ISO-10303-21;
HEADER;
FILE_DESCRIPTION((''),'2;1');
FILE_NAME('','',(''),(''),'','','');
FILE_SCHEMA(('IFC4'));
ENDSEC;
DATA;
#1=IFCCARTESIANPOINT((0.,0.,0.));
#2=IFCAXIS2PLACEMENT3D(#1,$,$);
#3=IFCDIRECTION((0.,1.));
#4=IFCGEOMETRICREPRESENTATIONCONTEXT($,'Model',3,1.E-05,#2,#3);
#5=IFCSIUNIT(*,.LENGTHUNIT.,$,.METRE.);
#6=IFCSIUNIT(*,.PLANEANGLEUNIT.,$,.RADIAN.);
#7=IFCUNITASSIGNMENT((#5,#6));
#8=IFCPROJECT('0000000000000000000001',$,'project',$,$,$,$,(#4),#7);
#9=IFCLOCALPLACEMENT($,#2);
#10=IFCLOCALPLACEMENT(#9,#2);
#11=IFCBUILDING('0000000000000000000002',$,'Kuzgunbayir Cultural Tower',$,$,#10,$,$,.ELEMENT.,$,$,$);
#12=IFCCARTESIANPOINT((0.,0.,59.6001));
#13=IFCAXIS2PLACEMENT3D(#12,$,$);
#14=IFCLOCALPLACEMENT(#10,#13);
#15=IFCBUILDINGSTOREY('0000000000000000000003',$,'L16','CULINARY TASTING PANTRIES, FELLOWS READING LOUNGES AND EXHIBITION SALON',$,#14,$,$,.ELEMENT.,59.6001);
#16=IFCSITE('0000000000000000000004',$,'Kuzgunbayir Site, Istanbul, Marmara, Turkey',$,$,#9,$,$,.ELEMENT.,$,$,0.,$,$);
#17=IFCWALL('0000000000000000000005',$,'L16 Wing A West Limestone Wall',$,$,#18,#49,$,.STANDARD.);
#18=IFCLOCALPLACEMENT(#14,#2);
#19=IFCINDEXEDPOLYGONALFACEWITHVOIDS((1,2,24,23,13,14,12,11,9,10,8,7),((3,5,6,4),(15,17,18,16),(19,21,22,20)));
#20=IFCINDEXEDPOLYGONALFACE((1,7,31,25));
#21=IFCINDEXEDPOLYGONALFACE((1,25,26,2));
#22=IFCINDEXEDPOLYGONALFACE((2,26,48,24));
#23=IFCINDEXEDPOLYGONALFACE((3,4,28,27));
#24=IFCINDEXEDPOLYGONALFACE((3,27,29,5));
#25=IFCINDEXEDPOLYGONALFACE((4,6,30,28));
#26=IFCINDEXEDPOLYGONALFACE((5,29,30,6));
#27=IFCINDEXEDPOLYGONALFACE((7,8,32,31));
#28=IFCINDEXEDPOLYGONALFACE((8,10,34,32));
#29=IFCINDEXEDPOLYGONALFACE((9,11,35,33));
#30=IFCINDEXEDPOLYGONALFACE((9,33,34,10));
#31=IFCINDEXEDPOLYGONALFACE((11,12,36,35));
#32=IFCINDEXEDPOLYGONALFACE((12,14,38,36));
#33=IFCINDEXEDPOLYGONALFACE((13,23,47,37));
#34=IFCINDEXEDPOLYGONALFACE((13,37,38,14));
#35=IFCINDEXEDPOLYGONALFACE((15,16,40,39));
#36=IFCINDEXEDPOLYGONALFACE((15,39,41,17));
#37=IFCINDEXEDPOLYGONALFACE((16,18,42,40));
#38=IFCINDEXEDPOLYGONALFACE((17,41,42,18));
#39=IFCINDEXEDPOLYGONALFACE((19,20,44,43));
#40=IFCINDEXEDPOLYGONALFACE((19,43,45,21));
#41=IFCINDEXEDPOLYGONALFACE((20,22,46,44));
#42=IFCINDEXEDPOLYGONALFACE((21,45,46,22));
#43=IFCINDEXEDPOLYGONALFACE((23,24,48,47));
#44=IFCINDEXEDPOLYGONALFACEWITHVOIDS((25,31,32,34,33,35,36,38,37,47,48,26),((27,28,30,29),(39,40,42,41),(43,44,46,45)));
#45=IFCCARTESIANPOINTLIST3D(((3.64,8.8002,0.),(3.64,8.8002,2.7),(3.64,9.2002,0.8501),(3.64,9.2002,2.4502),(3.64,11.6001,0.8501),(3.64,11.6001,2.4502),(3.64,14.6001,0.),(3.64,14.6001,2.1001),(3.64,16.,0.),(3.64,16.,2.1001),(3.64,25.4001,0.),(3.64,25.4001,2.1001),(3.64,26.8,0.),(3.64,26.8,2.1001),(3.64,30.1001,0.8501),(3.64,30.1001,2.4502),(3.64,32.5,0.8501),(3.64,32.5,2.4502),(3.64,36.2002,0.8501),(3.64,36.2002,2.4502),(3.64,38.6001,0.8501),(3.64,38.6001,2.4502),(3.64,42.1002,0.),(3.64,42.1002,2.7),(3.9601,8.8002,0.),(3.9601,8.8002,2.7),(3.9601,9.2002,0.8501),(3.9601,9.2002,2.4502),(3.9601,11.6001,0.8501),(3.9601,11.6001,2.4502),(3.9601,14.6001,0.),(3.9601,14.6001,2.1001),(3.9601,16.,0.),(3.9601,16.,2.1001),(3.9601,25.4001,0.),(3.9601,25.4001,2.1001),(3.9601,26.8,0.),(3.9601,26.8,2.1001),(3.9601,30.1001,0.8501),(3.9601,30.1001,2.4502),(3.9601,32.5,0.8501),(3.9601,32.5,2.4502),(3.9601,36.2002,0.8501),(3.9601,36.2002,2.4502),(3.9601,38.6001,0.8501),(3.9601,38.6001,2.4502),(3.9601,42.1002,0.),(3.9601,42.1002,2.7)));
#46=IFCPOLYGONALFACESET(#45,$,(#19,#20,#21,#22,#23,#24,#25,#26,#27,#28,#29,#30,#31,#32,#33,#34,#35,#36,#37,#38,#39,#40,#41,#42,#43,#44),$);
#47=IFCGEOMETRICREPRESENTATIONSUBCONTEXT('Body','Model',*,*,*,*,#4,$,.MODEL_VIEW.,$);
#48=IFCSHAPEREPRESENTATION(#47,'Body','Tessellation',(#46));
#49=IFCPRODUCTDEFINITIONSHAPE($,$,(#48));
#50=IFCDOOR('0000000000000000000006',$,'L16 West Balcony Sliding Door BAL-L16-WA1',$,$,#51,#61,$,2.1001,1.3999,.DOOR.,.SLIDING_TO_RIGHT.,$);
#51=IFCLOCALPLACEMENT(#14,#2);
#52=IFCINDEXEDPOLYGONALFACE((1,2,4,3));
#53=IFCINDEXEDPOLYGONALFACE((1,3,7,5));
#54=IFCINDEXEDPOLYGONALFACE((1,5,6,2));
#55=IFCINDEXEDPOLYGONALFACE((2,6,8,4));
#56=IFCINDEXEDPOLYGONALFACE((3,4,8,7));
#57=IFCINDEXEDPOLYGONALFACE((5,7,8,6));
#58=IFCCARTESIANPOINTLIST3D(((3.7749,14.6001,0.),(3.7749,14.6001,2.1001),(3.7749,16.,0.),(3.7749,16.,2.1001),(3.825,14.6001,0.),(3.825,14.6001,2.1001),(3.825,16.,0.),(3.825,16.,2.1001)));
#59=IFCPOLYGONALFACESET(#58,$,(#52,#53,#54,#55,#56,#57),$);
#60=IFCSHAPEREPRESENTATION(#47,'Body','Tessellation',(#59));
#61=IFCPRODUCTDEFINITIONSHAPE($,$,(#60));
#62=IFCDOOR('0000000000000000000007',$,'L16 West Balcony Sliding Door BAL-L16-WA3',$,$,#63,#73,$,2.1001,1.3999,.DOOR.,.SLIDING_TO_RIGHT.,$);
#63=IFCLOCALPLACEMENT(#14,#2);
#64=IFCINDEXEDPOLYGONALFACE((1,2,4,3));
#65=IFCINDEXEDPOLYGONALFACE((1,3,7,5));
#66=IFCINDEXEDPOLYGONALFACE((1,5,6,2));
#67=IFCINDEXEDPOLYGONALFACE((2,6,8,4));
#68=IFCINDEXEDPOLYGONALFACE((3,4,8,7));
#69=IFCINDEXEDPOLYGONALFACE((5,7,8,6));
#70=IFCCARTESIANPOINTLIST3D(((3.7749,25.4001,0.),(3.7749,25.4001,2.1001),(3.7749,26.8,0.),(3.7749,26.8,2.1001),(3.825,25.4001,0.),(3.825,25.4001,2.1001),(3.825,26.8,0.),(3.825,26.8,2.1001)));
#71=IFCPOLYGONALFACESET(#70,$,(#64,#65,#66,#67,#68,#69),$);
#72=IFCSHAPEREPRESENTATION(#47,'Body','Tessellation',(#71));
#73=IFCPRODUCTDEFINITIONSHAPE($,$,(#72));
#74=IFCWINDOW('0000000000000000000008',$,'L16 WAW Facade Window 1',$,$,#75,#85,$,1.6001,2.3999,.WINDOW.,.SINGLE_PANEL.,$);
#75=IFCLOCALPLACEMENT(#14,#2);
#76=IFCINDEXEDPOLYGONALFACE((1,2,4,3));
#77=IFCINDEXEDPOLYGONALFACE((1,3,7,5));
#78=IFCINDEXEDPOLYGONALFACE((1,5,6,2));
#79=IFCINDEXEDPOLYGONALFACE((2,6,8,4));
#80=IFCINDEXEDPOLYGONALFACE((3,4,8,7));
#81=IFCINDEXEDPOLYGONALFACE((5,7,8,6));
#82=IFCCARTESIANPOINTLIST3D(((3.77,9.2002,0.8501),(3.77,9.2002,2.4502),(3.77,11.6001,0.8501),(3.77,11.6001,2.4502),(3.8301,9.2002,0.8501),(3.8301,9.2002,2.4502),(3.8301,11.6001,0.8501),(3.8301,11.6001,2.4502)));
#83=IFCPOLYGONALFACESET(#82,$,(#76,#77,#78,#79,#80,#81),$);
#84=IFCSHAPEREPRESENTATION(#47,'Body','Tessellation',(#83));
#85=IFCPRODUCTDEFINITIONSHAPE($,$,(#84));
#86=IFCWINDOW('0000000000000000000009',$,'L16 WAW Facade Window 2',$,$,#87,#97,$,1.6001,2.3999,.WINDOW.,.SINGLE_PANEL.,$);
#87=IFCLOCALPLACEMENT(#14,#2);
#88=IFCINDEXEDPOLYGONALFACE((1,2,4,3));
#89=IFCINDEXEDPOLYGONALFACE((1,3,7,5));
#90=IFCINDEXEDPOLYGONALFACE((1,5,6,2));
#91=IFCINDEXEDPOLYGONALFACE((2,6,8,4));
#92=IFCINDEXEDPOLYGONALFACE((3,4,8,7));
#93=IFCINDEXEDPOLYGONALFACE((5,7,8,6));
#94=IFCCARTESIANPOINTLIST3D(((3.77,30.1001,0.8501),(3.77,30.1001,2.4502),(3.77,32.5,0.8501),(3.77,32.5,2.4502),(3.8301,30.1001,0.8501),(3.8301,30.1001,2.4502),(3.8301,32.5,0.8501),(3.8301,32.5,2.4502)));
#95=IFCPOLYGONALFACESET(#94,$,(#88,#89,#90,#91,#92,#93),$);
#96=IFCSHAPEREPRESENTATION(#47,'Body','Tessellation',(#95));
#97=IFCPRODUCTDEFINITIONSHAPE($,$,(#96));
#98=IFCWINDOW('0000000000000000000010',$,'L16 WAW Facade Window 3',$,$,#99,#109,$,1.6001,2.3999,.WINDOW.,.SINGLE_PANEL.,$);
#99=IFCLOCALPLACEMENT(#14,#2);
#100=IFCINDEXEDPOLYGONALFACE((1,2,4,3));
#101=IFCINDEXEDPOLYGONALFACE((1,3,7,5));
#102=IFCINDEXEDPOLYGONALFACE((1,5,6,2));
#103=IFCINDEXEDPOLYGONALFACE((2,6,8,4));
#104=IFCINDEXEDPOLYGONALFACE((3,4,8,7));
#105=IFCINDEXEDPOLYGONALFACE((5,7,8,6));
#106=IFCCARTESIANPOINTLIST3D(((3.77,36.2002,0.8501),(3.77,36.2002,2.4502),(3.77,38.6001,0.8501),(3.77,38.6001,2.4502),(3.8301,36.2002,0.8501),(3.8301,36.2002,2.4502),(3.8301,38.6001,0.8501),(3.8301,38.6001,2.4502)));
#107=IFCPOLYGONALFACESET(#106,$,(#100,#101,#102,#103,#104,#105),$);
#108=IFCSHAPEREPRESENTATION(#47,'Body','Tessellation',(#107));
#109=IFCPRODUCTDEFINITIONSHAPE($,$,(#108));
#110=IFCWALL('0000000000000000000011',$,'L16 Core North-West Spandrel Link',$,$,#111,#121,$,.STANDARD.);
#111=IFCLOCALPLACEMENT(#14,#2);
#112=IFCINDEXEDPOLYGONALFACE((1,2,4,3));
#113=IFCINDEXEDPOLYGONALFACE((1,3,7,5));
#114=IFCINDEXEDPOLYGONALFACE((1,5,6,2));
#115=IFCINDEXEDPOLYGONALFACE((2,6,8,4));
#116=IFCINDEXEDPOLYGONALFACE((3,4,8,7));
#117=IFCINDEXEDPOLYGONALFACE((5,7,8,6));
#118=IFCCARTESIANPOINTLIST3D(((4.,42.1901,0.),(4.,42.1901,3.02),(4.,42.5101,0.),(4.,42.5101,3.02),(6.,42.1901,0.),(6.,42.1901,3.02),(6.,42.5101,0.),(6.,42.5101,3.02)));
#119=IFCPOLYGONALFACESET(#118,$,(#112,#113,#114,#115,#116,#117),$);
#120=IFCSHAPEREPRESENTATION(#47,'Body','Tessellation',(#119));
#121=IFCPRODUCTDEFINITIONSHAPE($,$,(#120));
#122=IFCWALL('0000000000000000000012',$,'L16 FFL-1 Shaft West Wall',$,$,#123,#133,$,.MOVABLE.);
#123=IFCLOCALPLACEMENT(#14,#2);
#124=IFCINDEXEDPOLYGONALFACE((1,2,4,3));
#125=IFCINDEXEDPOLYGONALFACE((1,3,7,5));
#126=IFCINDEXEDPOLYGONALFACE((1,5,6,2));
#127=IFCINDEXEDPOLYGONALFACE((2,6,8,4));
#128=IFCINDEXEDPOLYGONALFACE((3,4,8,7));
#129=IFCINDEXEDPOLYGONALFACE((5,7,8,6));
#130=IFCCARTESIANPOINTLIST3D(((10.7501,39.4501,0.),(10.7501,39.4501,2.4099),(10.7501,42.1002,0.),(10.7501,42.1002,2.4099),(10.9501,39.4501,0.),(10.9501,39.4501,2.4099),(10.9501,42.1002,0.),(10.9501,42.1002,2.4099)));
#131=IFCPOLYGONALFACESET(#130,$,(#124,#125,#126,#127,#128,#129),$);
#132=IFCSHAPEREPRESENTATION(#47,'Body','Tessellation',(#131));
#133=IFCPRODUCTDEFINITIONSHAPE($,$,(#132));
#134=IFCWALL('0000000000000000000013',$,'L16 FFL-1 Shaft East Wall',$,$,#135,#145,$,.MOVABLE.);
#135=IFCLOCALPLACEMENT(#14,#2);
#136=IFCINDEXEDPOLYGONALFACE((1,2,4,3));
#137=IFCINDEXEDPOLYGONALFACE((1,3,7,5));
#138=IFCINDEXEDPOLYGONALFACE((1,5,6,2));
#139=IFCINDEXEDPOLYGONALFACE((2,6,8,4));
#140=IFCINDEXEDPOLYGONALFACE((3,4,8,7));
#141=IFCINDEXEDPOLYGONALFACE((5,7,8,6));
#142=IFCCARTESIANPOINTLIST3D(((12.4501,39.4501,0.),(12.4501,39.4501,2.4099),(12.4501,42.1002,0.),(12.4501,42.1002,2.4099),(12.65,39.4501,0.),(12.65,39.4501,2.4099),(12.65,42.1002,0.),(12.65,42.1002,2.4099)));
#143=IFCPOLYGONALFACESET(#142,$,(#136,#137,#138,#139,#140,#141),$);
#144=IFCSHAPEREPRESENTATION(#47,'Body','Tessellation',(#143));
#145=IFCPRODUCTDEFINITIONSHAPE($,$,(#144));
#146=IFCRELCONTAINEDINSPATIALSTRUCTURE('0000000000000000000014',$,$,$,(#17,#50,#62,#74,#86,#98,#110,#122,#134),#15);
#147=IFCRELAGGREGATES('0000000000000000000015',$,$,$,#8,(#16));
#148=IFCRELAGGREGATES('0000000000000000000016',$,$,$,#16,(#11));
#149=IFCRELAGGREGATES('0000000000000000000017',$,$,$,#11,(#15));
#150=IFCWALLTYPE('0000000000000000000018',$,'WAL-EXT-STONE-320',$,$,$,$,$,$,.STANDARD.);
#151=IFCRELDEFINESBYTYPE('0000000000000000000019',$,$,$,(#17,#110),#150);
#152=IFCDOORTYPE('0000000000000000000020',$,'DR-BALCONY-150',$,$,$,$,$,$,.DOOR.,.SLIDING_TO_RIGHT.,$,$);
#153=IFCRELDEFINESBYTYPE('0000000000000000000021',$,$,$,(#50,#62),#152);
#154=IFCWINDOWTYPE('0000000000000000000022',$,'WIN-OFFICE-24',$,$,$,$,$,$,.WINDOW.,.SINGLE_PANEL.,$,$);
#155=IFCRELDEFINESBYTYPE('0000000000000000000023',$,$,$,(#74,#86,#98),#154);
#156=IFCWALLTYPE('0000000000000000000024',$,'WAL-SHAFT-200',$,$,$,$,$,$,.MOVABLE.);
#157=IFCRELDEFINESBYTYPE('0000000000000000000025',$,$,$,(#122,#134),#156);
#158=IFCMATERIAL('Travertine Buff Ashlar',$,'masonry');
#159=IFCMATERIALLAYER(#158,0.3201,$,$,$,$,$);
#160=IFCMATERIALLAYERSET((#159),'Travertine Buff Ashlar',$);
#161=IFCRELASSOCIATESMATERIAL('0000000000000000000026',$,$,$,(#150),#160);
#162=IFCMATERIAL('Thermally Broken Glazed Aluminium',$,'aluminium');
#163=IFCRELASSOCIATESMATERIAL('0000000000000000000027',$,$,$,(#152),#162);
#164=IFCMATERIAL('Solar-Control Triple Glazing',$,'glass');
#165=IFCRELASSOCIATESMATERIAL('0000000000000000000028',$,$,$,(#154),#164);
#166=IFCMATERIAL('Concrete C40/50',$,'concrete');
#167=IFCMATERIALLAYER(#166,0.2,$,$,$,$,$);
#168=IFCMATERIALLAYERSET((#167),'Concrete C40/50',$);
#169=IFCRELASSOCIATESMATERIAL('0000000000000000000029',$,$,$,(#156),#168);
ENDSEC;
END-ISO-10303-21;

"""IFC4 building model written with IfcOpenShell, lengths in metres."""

from ifc_helpers import new_model, si_unit, direction, frame, frame_2d, origin, place, context, subcontext, project, spatial, rectangle, extrude, material, layer, layer_set, type_object, element, fill, save


model = new_model("IFC4")

# Units and contexts
model_context = context("Model", 3, precision=1e-05, world=origin(), true_north=direction((0.0, 1.0)))
body_context = subcontext(model_context, "Body", "Model", "MODEL_VIEW")
ifc_project = project(units=[si_unit("LENGTHUNIT", "METRE"), si_unit("PLANEANGLEUNIT", "RADIAN")], contexts=[model_context])

# Site, building, storey
site_placement = place(None, origin())
site = spatial("IfcSite", under=ifc_project, at=site_placement, Name="Kuzgunbayir Site, Istanbul, Marmara, Turkey", CompositionType="ELEMENT", RefElevation=0.0)
building_placement = place(site_placement, origin())
building = spatial("IfcBuilding", under=site, at=building_placement, Name="Kuzgunbayir Cultural Tower", CompositionType="ELEMENT")
storey_placement = place(building_placement, frame((0.0, 0.0, 59.6001)))
storey = spatial("IfcBuildingStorey", under=building, at=storey_placement, Name="L16", Description="CULINARY TASTING PANTRIES, FELLOWS READING LOUNGES AND EXHIBITION SALON", CompositionType="ELEMENT", Elevation=59.6001)

# Wall, openings, doors, windows
ifc_material_1 = material(Name="Travertine Buff Ashlar", Category="masonry")
ifc_layer_1 = layer(ifc_material_1, 0.3201)
ifc_layer_set_1 = layer_set([ifc_layer_1], Name="Travertine Buff Ashlar")
wall_type_1 = type_object("IfcWallType", Name="WAL-EXT-STONE-320", PredefinedType="STANDARD", material=ifc_layer_set_1)
wall_1_placement = place(storey_placement, frame((3.8, 42.1001, 0.0), z_axis=(0.0, 0.0, 1.0), x_axis=(0.0, -1.0, 0.0)))
wall_1 = element("IfcWall", 1, at=wall_1_placement, inside=storey, type_object=wall_type_1, Name="L16 Wing A West Limestone Wall", PredefinedType="STANDARD", context=body_context, shape_type="SweptSolid", body=[
    extrude(rectangle(XDim=33.3, YDim=0.3201, at=frame_2d((16.6499, 0.0))), origin(), (0.0, 0.0, 1.0), 2.7),
])
opening_1_placement = place(wall_1_placement, frame((26.1001, 0.0, 0.0)))
opening_1 = element("IfcOpeningElement", 2, at=opening_1_placement, cuts=wall_1, PredefinedType="OPENING", context=body_context, shape_type="SweptSolid", body=[
    extrude(rectangle(XDim=1.3999, YDim=2.1001, at=frame_2d((0.7, 1.05))), frame((0.0, 0.1699, 0.0), z_axis=(0.0, -1.0, 0.0), x_axis=(1.0, 0.0, 0.0)), (0.0, 0.0, 1.0), 0.3401),
])
opening_2_placement = place(wall_1_placement, frame((15.3, 0.0, 0.0)))
opening_2 = element("IfcOpeningElement", 3, at=opening_2_placement, cuts=wall_1, PredefinedType="OPENING", context=body_context, shape_type="SweptSolid", body=[
    extrude(rectangle(XDim=1.3999, YDim=2.1001, at=frame_2d((0.7, 1.05))), frame((0.0, 0.1699, 0.0), z_axis=(0.0, -1.0, 0.0), x_axis=(1.0, 0.0, 0.0)), (0.0, 0.0, 1.0), 0.3401),
])
opening_3_placement = place(wall_1_placement, frame((30.5, 0.0, 0.8501)))
opening_3 = element("IfcOpeningElement", 4, at=opening_3_placement, cuts=wall_1, PredefinedType="OPENING", context=body_context, shape_type="SweptSolid", body=[
    extrude(rectangle(XDim=2.3999, YDim=1.6001, at=frame_2d((1.2, 0.8))), frame((0.0, 0.1699, 0.0), z_axis=(0.0, -1.0, 0.0), x_axis=(1.0, 0.0, 0.0)), (0.0, 0.0, 1.0), 0.3401),
])
opening_4_placement = place(wall_1_placement, frame((9.6001, 0.0, 0.8501)))
opening_4 = element("IfcOpeningElement", 5, at=opening_4_placement, cuts=wall_1, PredefinedType="OPENING", context=body_context, shape_type="SweptSolid", body=[
    extrude(rectangle(XDim=2.3999, YDim=1.6001, at=frame_2d((1.2, 0.8))), frame((0.0, 0.1699, 0.0), z_axis=(0.0, -1.0, 0.0), x_axis=(1.0, 0.0, 0.0)), (0.0, 0.0, 1.0), 0.3401),
])
opening_5_placement = place(wall_1_placement, frame((3.5, 0.0, 0.8501)))
opening_5 = element("IfcOpeningElement", 6, at=opening_5_placement, cuts=wall_1, PredefinedType="OPENING", context=body_context, shape_type="SweptSolid", body=[
    extrude(rectangle(XDim=2.3999, YDim=1.6001, at=frame_2d((1.2, 0.8))), frame((0.0, 0.1699, 0.0), z_axis=(0.0, -1.0, 0.0), x_axis=(1.0, 0.0, 0.0)), (0.0, 0.0, 1.0), 0.3401),
])
ifc_material_2 = material(Name="Thermally Broken Glazed Aluminium", Category="aluminium")
door_type_1 = type_object("IfcDoorType", Name="DR-BALCONY-150", OperationType="SLIDING_TO_RIGHT", PredefinedType="DOOR", material=ifc_material_2)
door_1_placement = place(opening_1_placement, origin())
door_1 = element("IfcDoor", 7, at=door_1_placement, inside=storey, type_object=door_type_1, Name="L16 West Balcony Sliding Door BAL-L16-WA1", OperationType="SLIDING_TO_RIGHT", OverallHeight=2.1001, OverallWidth=1.3999, PredefinedType="DOOR", context=body_context, shape_type="SweptSolid", body=[
    extrude(rectangle(XDim=1.3999, YDim=2.1001, at=frame_2d((0.7, 1.05))), frame((0.0, 0.0249, 0.0), z_axis=(0.0, -1.0, 0.0), x_axis=(1.0, 0.0, 0.0)), (0.0, 0.0, 1.0), 0.05),
])
fill(opening_1, door_1)
door_2_placement = place(opening_2_placement, origin())
door_2 = element("IfcDoor", 8, at=door_2_placement, inside=storey, type_object=door_type_1, Name="L16 West Balcony Sliding Door BAL-L16-WA3", OperationType="SLIDING_TO_RIGHT", OverallHeight=2.1001, OverallWidth=1.3999, PredefinedType="DOOR", context=body_context, shape_type="SweptSolid", body=[
    extrude(rectangle(XDim=1.3999, YDim=2.1001, at=frame_2d((0.7, 1.05))), frame((0.0, 0.0249, 0.0), z_axis=(0.0, -1.0, 0.0), x_axis=(1.0, 0.0, 0.0)), (0.0, 0.0, 1.0), 0.05),
])
fill(opening_2, door_2)
ifc_material_3 = material(Name="Solar-Control Triple Glazing", Category="glass")
window_type = type_object("IfcWindowType", Name="WIN-OFFICE-24", PartitioningType="SINGLE_PANEL", PredefinedType="WINDOW", material=ifc_material_3)
window_1_placement = place(opening_3_placement, origin())
window_1 = element("IfcWindow", 9, at=window_1_placement, inside=storey, type_object=window_type, Name="L16 WAW Facade Window 1", OverallHeight=1.6001, OverallWidth=2.3999, PartitioningType="SINGLE_PANEL", PredefinedType="WINDOW", context=body_context, shape_type="SweptSolid", body=[
    extrude(rectangle(XDim=2.3999, YDim=1.6001, at=frame_2d((1.2, 0.8))), frame((0.0, 0.03, 0.0), z_axis=(0.0, -1.0, 0.0), x_axis=(1.0, 0.0, 0.0)), (0.0, 0.0, 1.0), 0.0601),
])
fill(opening_3, window_1)
window_2_placement = place(opening_4_placement, origin())
window_2 = element("IfcWindow", 10, at=window_2_placement, inside=storey, type_object=window_type, Name="L16 WAW Facade Window 2", OverallHeight=1.6001, OverallWidth=2.3999, PartitioningType="SINGLE_PANEL", PredefinedType="WINDOW", context=body_context, shape_type="SweptSolid", body=[
    extrude(rectangle(XDim=2.3999, YDim=1.6001, at=frame_2d((1.2, 0.8))), frame((0.0, 0.03, 0.0), z_axis=(0.0, -1.0, 0.0), x_axis=(1.0, 0.0, 0.0)), (0.0, 0.0, 1.0), 0.0601),
])
fill(opening_4, window_2)
window_3_placement = place(opening_5_placement, origin())
window_3 = element("IfcWindow", 11, at=window_3_placement, inside=storey, type_object=window_type, Name="L16 WAW Facade Window 3", OverallHeight=1.6001, OverallWidth=2.3999, PartitioningType="SINGLE_PANEL", PredefinedType="WINDOW", context=body_context, shape_type="SweptSolid", body=[
    extrude(rectangle(XDim=2.3999, YDim=1.6001, at=frame_2d((1.2, 0.8))), frame((0.0, 0.03, 0.0), z_axis=(0.0, -1.0, 0.0), x_axis=(1.0, 0.0, 0.0)), (0.0, 0.0, 1.0), 0.0601),
])
fill(opening_5, window_3)

# Wall
wall_2_placement = place(storey_placement, frame((6.0, 42.3501, 0.0), z_axis=(0.0, 0.0, 1.0), x_axis=(-1.0, 0.0, 0.0)))
element("IfcWall", 12, at=wall_2_placement, inside=storey, type_object=wall_type_1, Name="L16 Core North-West Spandrel Link", PredefinedType="STANDARD", context=body_context, shape_type="SweptSolid", body=[
    extrude(rectangle(XDim=2.0, YDim=0.3201, at=frame_2d((1.0, 0.0))), origin(), (0.0, 0.0, 1.0), 3.02),
])

# Shared definitions
ifc_material_4 = material(Name="Concrete C40/50", Category="concrete")
ifc_layer_2 = layer(ifc_material_4, 0.2)
ifc_layer_set_2 = layer_set([ifc_layer_2], Name="Concrete C40/50")
wall_type_2 = type_object("IfcWallType", Name="WAL-SHAFT-200", PredefinedType="MOVABLE", material=ifc_layer_set_2)

# Walls
for number, where, z_axis, x_axis, name in (
    (13, (10.8501, 39.45, 0.0), (0.0, 0.0, 1.0), (0.0, 1.0, 0.0), "L16 FFL-1 Shaft West Wall"),
    (14, (12.55, 39.45, 0.0), (0.0, 0.0, 1.0), (0.0, 1.0, 0.0), "L16 FFL-1 Shaft East Wall"),
):
    element("IfcWall", number, at=place(storey_placement, frame(where, z_axis=z_axis, x_axis=x_axis)), inside=storey, type_object=wall_type_2, Name=name, PredefinedType="MOVABLE", context=body_context, shape_type="SweptSolid", body=[
        extrude(rectangle(XDim=2.6501, YDim=0.2, at=frame_2d((1.3252, 0.0))), origin(), (0.0, 0.0, 1.0), 2.4099),
    ])

save(model, "model.ifc")
